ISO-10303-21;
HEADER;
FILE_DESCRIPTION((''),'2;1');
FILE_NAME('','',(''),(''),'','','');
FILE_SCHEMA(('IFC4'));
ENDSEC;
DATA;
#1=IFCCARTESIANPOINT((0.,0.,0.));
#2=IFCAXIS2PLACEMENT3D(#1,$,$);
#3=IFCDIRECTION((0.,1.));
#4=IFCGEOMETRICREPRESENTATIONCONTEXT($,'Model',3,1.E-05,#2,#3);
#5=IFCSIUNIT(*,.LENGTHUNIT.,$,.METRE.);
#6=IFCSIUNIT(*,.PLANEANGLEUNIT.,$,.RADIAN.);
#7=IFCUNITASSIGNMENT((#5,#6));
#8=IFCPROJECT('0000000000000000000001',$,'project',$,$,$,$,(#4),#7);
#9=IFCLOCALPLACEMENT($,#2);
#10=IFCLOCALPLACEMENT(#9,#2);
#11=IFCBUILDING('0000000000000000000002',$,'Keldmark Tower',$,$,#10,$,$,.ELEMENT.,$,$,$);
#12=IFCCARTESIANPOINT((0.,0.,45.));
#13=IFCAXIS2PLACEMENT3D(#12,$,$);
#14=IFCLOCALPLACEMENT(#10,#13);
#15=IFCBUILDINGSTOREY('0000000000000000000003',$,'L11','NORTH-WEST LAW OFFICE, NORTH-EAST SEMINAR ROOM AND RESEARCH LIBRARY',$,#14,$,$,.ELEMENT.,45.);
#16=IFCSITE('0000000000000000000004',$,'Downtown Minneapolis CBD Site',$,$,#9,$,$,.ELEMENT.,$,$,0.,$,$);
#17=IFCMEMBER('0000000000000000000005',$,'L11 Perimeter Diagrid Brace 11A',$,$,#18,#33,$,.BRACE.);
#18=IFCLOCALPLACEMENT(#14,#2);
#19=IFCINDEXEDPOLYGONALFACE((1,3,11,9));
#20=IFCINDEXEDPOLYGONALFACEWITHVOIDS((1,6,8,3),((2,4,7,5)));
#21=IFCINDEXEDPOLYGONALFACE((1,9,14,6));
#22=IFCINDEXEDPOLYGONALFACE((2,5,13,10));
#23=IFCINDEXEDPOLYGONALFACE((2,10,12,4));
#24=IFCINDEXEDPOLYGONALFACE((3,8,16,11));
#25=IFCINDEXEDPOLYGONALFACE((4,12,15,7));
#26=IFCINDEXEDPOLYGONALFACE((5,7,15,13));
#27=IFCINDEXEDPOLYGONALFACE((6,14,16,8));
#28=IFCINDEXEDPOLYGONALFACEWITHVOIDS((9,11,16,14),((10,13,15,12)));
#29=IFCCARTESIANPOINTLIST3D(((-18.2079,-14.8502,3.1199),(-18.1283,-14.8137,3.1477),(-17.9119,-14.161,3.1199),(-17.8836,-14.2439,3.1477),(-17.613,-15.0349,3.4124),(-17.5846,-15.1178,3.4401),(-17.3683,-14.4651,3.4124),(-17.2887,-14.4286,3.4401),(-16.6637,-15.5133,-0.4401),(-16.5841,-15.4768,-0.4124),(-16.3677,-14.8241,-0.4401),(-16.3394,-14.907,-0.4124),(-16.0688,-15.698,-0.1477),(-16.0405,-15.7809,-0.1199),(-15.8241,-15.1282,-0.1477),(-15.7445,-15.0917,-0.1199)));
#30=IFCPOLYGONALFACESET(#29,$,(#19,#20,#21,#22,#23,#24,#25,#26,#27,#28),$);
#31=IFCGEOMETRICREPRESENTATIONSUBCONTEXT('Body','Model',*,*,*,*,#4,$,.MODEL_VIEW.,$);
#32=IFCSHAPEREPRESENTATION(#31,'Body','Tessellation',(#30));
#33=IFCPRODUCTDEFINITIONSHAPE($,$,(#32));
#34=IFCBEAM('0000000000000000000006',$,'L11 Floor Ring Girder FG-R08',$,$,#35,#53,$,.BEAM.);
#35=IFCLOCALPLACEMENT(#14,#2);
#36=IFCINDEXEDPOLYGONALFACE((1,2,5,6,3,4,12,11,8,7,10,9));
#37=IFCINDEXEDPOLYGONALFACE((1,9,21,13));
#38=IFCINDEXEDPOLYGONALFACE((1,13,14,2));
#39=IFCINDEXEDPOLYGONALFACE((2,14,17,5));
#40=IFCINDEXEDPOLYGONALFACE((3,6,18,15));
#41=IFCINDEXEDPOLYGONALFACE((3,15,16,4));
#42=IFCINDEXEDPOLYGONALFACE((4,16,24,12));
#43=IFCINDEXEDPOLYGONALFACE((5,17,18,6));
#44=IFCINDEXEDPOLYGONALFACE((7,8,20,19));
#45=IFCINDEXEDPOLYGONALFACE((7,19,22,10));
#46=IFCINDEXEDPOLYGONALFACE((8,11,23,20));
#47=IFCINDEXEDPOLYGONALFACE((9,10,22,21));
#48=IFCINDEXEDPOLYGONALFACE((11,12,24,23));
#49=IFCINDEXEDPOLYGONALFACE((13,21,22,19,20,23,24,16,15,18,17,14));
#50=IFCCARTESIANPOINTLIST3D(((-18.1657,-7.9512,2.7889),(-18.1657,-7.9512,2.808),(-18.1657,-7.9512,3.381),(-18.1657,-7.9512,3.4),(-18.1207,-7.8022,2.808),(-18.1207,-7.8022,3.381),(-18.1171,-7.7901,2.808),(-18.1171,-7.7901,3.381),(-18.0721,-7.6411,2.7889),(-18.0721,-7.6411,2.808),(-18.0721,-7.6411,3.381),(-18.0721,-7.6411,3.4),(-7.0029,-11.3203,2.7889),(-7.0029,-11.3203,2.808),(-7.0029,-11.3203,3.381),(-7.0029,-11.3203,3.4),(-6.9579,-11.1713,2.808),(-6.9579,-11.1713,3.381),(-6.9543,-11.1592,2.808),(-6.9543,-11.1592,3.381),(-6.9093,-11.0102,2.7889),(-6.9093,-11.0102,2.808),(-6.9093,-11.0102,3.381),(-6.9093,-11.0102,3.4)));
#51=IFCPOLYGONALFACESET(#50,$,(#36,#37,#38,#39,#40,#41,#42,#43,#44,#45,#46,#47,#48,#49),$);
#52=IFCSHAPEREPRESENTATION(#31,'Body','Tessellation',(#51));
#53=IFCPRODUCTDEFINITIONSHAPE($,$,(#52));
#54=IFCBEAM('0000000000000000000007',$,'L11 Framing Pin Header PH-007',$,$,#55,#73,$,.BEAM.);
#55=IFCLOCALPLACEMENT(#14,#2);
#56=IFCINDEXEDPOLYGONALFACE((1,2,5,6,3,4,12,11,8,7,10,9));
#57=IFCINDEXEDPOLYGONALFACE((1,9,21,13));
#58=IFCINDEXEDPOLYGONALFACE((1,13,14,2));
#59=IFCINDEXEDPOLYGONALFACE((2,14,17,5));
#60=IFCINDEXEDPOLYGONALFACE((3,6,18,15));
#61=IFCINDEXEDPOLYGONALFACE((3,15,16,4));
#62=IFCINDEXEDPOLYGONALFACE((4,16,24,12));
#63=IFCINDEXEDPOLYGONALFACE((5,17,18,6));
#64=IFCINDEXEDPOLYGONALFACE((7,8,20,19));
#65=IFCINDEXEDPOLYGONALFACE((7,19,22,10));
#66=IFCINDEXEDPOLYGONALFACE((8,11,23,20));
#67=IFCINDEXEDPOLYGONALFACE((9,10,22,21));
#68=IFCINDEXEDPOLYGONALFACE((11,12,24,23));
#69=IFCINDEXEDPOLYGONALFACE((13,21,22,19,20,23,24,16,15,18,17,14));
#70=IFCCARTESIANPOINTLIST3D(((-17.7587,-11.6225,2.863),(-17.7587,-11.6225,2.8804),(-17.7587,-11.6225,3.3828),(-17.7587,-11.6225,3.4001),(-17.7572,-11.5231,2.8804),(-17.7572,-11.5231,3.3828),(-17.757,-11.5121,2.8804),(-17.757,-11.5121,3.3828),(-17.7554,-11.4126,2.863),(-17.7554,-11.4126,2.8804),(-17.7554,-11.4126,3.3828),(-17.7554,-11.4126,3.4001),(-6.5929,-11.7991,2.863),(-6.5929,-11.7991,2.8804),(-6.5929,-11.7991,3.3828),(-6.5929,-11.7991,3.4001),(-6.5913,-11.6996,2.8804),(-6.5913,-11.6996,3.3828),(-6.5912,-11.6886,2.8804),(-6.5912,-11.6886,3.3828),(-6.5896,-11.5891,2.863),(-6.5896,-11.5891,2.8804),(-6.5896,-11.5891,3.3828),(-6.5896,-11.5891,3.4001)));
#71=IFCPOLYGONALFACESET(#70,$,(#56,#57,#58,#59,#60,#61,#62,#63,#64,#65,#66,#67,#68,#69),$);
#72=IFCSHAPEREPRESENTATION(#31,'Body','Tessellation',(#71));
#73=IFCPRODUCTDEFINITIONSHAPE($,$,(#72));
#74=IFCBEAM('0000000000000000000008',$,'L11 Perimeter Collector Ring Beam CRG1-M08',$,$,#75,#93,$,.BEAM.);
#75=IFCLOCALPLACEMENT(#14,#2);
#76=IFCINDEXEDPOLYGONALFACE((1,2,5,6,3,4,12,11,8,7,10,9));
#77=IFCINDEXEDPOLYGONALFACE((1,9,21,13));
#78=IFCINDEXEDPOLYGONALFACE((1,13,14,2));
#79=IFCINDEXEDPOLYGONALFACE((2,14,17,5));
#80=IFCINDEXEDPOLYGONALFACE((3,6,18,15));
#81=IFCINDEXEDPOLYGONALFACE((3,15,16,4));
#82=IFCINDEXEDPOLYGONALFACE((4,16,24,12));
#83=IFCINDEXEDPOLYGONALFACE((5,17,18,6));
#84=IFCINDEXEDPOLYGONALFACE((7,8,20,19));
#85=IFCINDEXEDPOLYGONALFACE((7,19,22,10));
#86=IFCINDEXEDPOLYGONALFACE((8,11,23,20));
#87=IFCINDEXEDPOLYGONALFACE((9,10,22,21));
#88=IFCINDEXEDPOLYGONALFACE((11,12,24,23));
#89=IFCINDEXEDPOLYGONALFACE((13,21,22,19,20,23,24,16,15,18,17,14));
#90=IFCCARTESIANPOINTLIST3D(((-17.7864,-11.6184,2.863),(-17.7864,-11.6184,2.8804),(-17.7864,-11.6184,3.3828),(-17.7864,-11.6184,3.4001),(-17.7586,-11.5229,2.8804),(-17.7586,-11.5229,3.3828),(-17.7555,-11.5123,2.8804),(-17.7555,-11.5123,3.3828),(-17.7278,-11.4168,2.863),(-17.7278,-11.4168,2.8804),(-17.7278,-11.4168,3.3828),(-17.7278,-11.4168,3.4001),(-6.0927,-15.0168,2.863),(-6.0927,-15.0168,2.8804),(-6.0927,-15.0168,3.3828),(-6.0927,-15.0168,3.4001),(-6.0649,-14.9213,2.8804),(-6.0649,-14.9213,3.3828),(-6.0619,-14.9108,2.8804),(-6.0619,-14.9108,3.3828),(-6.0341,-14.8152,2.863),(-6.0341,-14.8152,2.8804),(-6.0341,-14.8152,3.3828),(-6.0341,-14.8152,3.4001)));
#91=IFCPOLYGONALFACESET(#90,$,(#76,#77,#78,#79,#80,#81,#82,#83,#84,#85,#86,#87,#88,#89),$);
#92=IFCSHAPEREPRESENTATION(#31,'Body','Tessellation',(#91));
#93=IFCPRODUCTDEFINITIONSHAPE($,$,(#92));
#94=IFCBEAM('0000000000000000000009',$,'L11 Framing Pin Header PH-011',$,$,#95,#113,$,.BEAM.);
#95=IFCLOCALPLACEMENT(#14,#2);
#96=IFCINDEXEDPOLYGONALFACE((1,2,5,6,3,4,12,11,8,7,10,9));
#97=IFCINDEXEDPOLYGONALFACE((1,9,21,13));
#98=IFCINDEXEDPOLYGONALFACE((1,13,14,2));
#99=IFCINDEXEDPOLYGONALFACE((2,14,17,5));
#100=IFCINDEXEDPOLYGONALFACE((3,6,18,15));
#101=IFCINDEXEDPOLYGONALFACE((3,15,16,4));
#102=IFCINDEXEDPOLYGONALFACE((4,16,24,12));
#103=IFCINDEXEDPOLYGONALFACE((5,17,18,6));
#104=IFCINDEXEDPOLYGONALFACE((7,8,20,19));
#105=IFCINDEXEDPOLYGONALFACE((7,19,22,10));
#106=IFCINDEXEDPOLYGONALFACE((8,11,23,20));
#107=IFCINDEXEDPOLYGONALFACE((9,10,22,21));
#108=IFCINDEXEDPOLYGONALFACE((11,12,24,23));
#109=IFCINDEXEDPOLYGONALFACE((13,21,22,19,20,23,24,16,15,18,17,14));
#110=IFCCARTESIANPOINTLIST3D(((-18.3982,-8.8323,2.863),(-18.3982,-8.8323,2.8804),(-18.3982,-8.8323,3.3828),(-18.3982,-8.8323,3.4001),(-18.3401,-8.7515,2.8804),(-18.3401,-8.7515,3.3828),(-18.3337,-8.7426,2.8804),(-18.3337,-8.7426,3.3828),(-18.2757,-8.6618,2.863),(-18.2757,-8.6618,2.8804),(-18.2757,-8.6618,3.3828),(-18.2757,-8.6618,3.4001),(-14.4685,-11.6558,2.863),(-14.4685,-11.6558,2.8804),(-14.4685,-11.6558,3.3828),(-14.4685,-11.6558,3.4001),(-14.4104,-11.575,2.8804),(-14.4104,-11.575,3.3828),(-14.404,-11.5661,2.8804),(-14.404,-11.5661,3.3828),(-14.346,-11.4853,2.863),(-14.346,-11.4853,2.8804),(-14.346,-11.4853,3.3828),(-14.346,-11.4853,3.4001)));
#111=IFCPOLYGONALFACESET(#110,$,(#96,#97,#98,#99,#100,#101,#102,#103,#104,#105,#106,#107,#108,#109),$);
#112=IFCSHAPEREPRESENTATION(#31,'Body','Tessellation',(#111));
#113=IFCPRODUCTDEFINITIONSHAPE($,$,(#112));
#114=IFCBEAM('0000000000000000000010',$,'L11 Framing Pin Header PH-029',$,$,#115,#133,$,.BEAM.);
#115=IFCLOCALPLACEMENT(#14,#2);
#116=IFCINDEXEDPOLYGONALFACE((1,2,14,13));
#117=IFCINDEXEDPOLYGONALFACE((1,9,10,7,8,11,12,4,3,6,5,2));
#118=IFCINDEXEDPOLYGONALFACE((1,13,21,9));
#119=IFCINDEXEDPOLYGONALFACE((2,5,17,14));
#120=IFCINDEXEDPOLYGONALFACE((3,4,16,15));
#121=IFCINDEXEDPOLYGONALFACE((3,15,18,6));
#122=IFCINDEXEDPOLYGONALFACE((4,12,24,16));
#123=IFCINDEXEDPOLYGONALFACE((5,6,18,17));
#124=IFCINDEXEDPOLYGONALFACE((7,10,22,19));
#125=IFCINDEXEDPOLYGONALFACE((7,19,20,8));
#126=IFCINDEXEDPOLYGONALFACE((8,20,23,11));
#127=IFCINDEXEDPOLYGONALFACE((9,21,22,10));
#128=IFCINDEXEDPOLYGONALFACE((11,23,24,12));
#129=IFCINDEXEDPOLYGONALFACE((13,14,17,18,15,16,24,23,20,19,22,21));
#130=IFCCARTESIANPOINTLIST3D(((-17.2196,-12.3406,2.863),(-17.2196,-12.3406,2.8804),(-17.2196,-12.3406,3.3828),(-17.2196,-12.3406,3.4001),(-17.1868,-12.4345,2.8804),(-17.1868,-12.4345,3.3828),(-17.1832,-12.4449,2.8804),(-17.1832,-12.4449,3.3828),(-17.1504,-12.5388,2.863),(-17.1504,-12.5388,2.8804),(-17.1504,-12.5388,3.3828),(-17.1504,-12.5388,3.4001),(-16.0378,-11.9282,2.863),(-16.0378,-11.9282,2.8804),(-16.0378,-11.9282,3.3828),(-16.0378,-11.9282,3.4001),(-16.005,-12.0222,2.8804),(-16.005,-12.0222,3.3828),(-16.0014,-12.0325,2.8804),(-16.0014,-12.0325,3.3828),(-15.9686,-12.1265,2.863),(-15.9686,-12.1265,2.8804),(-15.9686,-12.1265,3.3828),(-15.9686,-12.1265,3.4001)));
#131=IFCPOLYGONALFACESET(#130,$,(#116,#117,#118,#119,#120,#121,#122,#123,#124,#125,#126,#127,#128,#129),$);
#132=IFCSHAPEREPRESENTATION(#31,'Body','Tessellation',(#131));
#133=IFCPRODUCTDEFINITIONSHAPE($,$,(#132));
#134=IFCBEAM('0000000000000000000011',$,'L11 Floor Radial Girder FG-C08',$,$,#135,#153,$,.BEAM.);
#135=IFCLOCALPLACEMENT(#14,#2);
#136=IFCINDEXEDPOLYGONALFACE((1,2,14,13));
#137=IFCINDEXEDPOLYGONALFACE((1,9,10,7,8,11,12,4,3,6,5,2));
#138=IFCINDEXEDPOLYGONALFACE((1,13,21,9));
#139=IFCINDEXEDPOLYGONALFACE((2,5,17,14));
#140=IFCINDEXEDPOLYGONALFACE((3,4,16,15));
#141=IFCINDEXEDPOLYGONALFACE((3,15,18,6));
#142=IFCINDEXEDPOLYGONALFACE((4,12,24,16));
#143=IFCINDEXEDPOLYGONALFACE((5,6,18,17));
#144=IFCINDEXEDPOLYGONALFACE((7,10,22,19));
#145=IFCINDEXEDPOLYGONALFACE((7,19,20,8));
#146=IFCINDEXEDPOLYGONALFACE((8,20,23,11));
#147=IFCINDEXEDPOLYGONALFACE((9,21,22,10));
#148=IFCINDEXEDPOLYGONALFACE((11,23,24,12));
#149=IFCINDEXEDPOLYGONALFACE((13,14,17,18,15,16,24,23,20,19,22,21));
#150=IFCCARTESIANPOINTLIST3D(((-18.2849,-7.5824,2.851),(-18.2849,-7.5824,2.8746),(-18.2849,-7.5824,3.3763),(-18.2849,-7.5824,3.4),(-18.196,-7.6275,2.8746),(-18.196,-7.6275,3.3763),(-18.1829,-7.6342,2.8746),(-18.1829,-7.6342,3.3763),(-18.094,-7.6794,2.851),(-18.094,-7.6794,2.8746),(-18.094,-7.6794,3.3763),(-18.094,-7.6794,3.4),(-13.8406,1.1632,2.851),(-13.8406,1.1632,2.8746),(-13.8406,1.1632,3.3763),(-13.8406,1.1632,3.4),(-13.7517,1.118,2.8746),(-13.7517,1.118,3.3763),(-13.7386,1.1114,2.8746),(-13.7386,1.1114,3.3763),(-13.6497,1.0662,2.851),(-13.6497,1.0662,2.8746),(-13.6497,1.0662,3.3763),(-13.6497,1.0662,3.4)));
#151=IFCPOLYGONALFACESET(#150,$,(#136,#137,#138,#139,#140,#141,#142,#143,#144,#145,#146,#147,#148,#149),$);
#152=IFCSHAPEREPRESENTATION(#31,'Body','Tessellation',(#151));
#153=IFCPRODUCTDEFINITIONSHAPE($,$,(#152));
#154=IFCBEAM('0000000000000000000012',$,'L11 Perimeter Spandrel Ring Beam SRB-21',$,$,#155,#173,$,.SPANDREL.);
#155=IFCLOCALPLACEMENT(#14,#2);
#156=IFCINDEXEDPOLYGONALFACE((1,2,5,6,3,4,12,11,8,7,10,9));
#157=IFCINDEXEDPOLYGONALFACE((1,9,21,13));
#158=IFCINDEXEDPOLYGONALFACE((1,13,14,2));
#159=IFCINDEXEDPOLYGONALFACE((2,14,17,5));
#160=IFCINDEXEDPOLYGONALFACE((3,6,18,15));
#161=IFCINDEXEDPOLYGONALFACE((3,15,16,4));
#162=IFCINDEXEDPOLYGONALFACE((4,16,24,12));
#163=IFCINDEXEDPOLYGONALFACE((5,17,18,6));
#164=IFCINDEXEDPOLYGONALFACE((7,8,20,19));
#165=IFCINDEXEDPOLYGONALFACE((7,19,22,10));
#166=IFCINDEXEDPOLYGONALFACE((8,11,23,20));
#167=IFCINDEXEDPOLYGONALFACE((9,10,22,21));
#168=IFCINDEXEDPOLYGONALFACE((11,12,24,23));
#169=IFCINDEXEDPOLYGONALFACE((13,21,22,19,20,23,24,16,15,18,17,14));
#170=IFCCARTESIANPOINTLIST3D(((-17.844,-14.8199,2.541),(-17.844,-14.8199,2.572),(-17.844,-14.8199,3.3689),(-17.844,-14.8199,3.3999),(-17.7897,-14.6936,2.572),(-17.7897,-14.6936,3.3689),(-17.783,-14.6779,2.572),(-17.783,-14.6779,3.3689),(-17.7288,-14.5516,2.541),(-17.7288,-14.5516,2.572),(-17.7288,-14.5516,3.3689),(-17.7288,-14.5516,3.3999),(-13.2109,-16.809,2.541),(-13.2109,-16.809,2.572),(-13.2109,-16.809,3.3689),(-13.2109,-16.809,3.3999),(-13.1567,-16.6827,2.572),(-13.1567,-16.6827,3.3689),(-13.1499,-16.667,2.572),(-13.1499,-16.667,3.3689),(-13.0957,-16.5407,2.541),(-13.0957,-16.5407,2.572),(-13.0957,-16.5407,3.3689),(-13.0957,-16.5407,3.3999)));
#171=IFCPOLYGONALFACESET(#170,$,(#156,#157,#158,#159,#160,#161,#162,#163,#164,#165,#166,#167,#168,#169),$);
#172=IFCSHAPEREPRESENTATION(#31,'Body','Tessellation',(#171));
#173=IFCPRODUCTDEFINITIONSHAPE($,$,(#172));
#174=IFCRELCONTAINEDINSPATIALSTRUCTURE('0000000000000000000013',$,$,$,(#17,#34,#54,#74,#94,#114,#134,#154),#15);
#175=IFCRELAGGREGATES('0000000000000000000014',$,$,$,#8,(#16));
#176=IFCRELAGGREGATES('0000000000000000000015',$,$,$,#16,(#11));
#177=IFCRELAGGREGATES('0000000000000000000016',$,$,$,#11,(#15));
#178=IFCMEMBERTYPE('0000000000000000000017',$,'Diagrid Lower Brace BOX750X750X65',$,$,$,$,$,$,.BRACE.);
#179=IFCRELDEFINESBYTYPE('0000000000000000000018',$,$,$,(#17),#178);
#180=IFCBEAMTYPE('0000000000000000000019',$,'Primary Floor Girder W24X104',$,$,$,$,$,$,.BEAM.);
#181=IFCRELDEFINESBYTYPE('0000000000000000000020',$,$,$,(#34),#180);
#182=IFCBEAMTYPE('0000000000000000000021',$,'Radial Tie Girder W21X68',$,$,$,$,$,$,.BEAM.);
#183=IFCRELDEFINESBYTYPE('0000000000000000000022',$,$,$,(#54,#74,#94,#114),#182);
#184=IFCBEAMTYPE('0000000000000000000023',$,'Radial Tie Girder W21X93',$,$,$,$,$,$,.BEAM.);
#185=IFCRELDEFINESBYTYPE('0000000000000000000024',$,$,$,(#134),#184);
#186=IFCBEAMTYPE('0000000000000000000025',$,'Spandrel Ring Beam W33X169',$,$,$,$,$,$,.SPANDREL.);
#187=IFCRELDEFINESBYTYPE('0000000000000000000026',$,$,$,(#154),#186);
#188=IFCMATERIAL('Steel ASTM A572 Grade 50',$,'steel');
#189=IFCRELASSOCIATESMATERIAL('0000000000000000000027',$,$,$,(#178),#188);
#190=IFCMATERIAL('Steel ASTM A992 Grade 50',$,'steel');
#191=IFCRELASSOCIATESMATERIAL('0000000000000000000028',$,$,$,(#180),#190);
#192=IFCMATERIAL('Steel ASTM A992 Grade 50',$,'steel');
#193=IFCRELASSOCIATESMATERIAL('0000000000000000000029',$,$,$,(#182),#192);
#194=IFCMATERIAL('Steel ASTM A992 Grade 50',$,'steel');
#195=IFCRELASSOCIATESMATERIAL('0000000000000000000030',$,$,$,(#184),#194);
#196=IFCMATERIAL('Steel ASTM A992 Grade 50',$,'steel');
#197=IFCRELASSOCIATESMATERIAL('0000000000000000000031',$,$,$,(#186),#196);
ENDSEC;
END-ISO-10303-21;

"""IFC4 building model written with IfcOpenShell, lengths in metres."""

from ifc_helpers import new_model, si_unit, direction, frame, origin, origin_2d, place, context, subcontext, project, spatial, hollow_rectangle, i_section, extrude, material, material_profile, profile_set, type_object, element, save


model = new_model("IFC4")

# Units and contexts
model_context = context("Model", 3, precision=1e-05, world=origin(), true_north=direction((0.0, 1.0)))
body_context = subcontext(model_context, "Body", "Model", "MODEL_VIEW")
ifc_project = project(units=[si_unit("LENGTHUNIT", "METRE"), si_unit("PLANEANGLEUNIT", "RADIAN")], contexts=[model_context])

# Site, building, storey
site_placement = place(None, origin())
site = spatial("IfcSite", under=ifc_project, at=site_placement, Name="Downtown Minneapolis CBD Site", CompositionType="ELEMENT", RefElevation=0.0)
building_placement = place(site_placement, origin())
building = spatial("IfcBuilding", under=site, at=building_placement, Name="Keldmark Tower", CompositionType="ELEMENT")
storey_placement = place(building_placement, frame((0.0, 0.0, 45.0)))
storey = spatial("IfcBuildingStorey", under=building, at=storey_placement, Name="L11", Description="NORTH-WEST LAW OFFICE, NORTH-EAST SEMINAR ROOM AND RESEARCH LIBRARY", CompositionType="ELEMENT", Elevation=45.0)

# Member
ifc_material_1 = material(Name="Steel ASTM A572 Grade 50", Category="steel")
ifc_material_profile_1 = material_profile(ifc_material_1, hollow_rectangle(XDim=0.75, YDim=0.75, WallThickness=0.0649, at=origin_2d()), Name="BOX750X750X65")
ifc_profile_set_1 = profile_set([ifc_material_profile_1], Name="Steel ASTM A572 Grade 50")
member_type = type_object("IfcMemberType", Name="Diagrid Lower Brace BOX750X750X65", PredefinedType="BRACE", material=ifc_profile_set_1)
member_placement = place(storey_placement, frame((-16.2041, -15.3025, -0.28), z_axis=(-0.392247, 0.168434, 0.904308), x_axis=(-0.394568, -0.918867, 0.0)))
element("IfcMember", 1, at=member_placement, inside=storey, type_object=member_type, Name="L11 Perimeter Diagrid Brace 11A", PredefinedType="BRACE", context=body_context, shape_type="SweptSolid", body=[
    extrude(hollow_rectangle(XDim=0.75, YDim=0.75, WallThickness=0.0649, at=origin_2d()), origin(), (0.0, 0.0, 1.0), 3.9368),
])

# Beams
ifc_material_2 = material(Name="Steel ASTM A992 Grade 50", Category="steel")
ifc_material_profile_2 = material_profile(ifc_material_2, i_section(OverallWidth=0.324, OverallDepth=0.6111, WebThickness=0.0127, FlangeThickness=0.019, at=origin_2d()), Name="W24X104")
ifc_profile_set_2 = profile_set([ifc_material_profile_2], Name="Steel ASTM A992 Grade 50")
beam_type_1 = type_object("IfcBeamType", Name="Primary Floor Girder W24X104", PredefinedType="BEAM", material=ifc_profile_set_2)
beam_1_placement = place(storey_placement, frame((-18.1189, -7.7961, 3.0945), z_axis=(0.957346, -0.288944, 0.0), x_axis=(0.288944, 0.957346, 0.0)))
element("IfcBeam", 2, at=beam_1_placement, inside=storey, type_object=beam_type_1, Name="L11 Floor Ring Girder FG-R08", PredefinedType="BEAM", context=body_context, shape_type="SweptSolid", body=[
    extrude(i_section(OverallWidth=0.324, OverallDepth=0.6111, WebThickness=0.0127, FlangeThickness=0.019, at=origin_2d()), origin(), (0.0, 0.0, 1.0), 11.6602),
])
ifc_material_3 = material(Name="Steel ASTM A992 Grade 50", Category="steel")
ifc_material_profile_3 = material_profile(ifc_material_3, i_section(OverallWidth=0.21, OverallDepth=0.5371, WebThickness=0.011, FlangeThickness=0.0173, at=origin_2d()), Name="W21X68")
ifc_profile_set_3 = profile_set([ifc_material_profile_3], Name="Steel ASTM A992 Grade 50")
beam_type_2 = type_object("IfcBeamType", Name="Radial Tie Girder W21X68", PredefinedType="BEAM", material=ifc_profile_set_3)
beam_2_placement = place(storey_placement, frame((-17.7571, -11.5176, 3.1316), z_axis=(0.999875, -0.015806, 0.0), x_axis=(0.015806, 0.999875, 0.0)))
element("IfcBeam", 3, at=beam_2_placement, inside=storey, type_object=beam_type_2, Name="L11 Framing Pin Header PH-007", PredefinedType="BEAM", context=body_context, shape_type="SweptSolid", body=[
    extrude(i_section(OverallWidth=0.21, OverallDepth=0.5371, WebThickness=0.011, FlangeThickness=0.0173, at=origin_2d()), origin(), (0.0, 0.0, 1.0), 11.1672),
])
beam_3_placement = place(storey_placement, frame((-17.7571, -11.5176, 3.1316), z_axis=(0.960269, -0.279077, 0.0), x_axis=(0.279077, 0.960269, 0.0)))
element("IfcBeam", 4, at=beam_3_placement, inside=storey, type_object=beam_type_2, Name="L11 Perimeter Collector Ring Beam CRG1-M08", PredefinedType="BEAM", context=body_context, shape_type="SweptSolid", body=[
    extrude(i_section(OverallWidth=0.21, OverallDepth=0.5371, WebThickness=0.011, FlangeThickness=0.0173, at=origin_2d()), origin(), (0.0, 0.0, 1.0), 12.1775),
])
beam_4_placement = place(storey_placement, frame((-14.4072, -11.5706, 3.1316), z_axis=(-0.812111, 0.583503, 0.0), x_axis=(-0.583503, -0.812111, 0.0)))
element("IfcBeam", 5, at=beam_4_placement, inside=storey, type_object=beam_type_2, Name="L11 Framing Pin Header PH-011", PredefinedType="BEAM", context=body_context, shape_type="SweptSolid", body=[
    extrude(i_section(OverallWidth=0.21, OverallDepth=0.5371, WebThickness=0.011, FlangeThickness=0.0173, at=origin_2d()), origin(), (0.0, 0.0, 1.0), 4.8389),
])
beam_5_placement = place(storey_placement, frame((-16.0032, -12.0273, 3.1316), z_axis=(-0.944183, -0.329421, 0.0), x_axis=(0.329421, -0.944183, 0.0)))
element("IfcBeam", 6, at=beam_5_placement, inside=storey, type_object=beam_type_2, Name="L11 Framing Pin Header PH-029", PredefinedType="BEAM", context=body_context, shape_type="SweptSolid", body=[
    extrude(i_section(OverallWidth=0.21, OverallDepth=0.5371, WebThickness=0.011, FlangeThickness=0.0173, at=origin_2d()), origin(), (0.0, 0.0, 1.0), 1.2517),
])
ifc_material_4 = material(Name="Steel ASTM A992 Grade 50", Category="steel")
ifc_material_profile_4 = material_profile(ifc_material_4, i_section(OverallWidth=0.2141, OverallDepth=0.5491, WebThickness=0.0146, FlangeThickness=0.0237, at=origin_2d()), Name="W21X93")
ifc_profile_set_4 = profile_set([ifc_material_profile_4], Name="Steel ASTM A992 Grade 50")
beam_type_3 = type_object("IfcBeamType", Name="Radial Tie Girder W21X93", PredefinedType="BEAM", material=ifc_profile_set_4)
beam_6_placement = place(storey_placement, frame((-18.1895, -7.6309, 3.1255), z_axis=(0.453038, 0.891491, 0.0), x_axis=(-0.891491, 0.453038, 0.0)))
element("IfcBeam", 7, at=beam_6_placement, inside=storey, type_object=beam_type_3, Name="L11 Floor Radial Girder FG-C08", PredefinedType="BEAM", context=body_context, shape_type="SweptSolid", body=[
    extrude(i_section(OverallWidth=0.2141, OverallDepth=0.5491, WebThickness=0.0146, FlangeThickness=0.0237, at=origin_2d()), origin(), (0.0, 0.0, 1.0), 9.8101),
])
ifc_material_5 = material(Name="Steel ASTM A992 Grade 50", Category="steel")
ifc_material_profile_5 = material_profile(ifc_material_5, i_section(OverallWidth=0.292, OverallDepth=0.8589, WebThickness=0.0171, FlangeThickness=0.031, at=origin_2d()), Name="W33X169")
ifc_profile_set_5 = profile_set([ifc_material_profile_5], Name="Steel ASTM A992 Grade 50")
beam_type_4 = type_object("IfcBeamType", Name="Spandrel Ring Beam W33X169", PredefinedType="SPANDREL", material=ifc_profile_set_5)
beam_7_placement = place(storey_placement, frame((-17.7864, -14.6858, 2.9705), z_axis=(0.918899, -0.394492, 0.0), x_axis=(0.394492, 0.918899, 0.0)))
element("IfcBeam", 8, at=beam_7_placement, inside=storey, type_object=beam_type_4, Name="L11 Perimeter Spandrel Ring Beam SRB-21", PredefinedType="SPANDREL", context=body_context, shape_type="SweptSolid", body=[
    extrude(i_section(OverallWidth=0.292, OverallDepth=0.8589, WebThickness=0.0171, FlangeThickness=0.031, at=origin_2d()), origin(), (0.0, 0.0, 1.0), 5.042),
])

save(model, "model.ifc")
